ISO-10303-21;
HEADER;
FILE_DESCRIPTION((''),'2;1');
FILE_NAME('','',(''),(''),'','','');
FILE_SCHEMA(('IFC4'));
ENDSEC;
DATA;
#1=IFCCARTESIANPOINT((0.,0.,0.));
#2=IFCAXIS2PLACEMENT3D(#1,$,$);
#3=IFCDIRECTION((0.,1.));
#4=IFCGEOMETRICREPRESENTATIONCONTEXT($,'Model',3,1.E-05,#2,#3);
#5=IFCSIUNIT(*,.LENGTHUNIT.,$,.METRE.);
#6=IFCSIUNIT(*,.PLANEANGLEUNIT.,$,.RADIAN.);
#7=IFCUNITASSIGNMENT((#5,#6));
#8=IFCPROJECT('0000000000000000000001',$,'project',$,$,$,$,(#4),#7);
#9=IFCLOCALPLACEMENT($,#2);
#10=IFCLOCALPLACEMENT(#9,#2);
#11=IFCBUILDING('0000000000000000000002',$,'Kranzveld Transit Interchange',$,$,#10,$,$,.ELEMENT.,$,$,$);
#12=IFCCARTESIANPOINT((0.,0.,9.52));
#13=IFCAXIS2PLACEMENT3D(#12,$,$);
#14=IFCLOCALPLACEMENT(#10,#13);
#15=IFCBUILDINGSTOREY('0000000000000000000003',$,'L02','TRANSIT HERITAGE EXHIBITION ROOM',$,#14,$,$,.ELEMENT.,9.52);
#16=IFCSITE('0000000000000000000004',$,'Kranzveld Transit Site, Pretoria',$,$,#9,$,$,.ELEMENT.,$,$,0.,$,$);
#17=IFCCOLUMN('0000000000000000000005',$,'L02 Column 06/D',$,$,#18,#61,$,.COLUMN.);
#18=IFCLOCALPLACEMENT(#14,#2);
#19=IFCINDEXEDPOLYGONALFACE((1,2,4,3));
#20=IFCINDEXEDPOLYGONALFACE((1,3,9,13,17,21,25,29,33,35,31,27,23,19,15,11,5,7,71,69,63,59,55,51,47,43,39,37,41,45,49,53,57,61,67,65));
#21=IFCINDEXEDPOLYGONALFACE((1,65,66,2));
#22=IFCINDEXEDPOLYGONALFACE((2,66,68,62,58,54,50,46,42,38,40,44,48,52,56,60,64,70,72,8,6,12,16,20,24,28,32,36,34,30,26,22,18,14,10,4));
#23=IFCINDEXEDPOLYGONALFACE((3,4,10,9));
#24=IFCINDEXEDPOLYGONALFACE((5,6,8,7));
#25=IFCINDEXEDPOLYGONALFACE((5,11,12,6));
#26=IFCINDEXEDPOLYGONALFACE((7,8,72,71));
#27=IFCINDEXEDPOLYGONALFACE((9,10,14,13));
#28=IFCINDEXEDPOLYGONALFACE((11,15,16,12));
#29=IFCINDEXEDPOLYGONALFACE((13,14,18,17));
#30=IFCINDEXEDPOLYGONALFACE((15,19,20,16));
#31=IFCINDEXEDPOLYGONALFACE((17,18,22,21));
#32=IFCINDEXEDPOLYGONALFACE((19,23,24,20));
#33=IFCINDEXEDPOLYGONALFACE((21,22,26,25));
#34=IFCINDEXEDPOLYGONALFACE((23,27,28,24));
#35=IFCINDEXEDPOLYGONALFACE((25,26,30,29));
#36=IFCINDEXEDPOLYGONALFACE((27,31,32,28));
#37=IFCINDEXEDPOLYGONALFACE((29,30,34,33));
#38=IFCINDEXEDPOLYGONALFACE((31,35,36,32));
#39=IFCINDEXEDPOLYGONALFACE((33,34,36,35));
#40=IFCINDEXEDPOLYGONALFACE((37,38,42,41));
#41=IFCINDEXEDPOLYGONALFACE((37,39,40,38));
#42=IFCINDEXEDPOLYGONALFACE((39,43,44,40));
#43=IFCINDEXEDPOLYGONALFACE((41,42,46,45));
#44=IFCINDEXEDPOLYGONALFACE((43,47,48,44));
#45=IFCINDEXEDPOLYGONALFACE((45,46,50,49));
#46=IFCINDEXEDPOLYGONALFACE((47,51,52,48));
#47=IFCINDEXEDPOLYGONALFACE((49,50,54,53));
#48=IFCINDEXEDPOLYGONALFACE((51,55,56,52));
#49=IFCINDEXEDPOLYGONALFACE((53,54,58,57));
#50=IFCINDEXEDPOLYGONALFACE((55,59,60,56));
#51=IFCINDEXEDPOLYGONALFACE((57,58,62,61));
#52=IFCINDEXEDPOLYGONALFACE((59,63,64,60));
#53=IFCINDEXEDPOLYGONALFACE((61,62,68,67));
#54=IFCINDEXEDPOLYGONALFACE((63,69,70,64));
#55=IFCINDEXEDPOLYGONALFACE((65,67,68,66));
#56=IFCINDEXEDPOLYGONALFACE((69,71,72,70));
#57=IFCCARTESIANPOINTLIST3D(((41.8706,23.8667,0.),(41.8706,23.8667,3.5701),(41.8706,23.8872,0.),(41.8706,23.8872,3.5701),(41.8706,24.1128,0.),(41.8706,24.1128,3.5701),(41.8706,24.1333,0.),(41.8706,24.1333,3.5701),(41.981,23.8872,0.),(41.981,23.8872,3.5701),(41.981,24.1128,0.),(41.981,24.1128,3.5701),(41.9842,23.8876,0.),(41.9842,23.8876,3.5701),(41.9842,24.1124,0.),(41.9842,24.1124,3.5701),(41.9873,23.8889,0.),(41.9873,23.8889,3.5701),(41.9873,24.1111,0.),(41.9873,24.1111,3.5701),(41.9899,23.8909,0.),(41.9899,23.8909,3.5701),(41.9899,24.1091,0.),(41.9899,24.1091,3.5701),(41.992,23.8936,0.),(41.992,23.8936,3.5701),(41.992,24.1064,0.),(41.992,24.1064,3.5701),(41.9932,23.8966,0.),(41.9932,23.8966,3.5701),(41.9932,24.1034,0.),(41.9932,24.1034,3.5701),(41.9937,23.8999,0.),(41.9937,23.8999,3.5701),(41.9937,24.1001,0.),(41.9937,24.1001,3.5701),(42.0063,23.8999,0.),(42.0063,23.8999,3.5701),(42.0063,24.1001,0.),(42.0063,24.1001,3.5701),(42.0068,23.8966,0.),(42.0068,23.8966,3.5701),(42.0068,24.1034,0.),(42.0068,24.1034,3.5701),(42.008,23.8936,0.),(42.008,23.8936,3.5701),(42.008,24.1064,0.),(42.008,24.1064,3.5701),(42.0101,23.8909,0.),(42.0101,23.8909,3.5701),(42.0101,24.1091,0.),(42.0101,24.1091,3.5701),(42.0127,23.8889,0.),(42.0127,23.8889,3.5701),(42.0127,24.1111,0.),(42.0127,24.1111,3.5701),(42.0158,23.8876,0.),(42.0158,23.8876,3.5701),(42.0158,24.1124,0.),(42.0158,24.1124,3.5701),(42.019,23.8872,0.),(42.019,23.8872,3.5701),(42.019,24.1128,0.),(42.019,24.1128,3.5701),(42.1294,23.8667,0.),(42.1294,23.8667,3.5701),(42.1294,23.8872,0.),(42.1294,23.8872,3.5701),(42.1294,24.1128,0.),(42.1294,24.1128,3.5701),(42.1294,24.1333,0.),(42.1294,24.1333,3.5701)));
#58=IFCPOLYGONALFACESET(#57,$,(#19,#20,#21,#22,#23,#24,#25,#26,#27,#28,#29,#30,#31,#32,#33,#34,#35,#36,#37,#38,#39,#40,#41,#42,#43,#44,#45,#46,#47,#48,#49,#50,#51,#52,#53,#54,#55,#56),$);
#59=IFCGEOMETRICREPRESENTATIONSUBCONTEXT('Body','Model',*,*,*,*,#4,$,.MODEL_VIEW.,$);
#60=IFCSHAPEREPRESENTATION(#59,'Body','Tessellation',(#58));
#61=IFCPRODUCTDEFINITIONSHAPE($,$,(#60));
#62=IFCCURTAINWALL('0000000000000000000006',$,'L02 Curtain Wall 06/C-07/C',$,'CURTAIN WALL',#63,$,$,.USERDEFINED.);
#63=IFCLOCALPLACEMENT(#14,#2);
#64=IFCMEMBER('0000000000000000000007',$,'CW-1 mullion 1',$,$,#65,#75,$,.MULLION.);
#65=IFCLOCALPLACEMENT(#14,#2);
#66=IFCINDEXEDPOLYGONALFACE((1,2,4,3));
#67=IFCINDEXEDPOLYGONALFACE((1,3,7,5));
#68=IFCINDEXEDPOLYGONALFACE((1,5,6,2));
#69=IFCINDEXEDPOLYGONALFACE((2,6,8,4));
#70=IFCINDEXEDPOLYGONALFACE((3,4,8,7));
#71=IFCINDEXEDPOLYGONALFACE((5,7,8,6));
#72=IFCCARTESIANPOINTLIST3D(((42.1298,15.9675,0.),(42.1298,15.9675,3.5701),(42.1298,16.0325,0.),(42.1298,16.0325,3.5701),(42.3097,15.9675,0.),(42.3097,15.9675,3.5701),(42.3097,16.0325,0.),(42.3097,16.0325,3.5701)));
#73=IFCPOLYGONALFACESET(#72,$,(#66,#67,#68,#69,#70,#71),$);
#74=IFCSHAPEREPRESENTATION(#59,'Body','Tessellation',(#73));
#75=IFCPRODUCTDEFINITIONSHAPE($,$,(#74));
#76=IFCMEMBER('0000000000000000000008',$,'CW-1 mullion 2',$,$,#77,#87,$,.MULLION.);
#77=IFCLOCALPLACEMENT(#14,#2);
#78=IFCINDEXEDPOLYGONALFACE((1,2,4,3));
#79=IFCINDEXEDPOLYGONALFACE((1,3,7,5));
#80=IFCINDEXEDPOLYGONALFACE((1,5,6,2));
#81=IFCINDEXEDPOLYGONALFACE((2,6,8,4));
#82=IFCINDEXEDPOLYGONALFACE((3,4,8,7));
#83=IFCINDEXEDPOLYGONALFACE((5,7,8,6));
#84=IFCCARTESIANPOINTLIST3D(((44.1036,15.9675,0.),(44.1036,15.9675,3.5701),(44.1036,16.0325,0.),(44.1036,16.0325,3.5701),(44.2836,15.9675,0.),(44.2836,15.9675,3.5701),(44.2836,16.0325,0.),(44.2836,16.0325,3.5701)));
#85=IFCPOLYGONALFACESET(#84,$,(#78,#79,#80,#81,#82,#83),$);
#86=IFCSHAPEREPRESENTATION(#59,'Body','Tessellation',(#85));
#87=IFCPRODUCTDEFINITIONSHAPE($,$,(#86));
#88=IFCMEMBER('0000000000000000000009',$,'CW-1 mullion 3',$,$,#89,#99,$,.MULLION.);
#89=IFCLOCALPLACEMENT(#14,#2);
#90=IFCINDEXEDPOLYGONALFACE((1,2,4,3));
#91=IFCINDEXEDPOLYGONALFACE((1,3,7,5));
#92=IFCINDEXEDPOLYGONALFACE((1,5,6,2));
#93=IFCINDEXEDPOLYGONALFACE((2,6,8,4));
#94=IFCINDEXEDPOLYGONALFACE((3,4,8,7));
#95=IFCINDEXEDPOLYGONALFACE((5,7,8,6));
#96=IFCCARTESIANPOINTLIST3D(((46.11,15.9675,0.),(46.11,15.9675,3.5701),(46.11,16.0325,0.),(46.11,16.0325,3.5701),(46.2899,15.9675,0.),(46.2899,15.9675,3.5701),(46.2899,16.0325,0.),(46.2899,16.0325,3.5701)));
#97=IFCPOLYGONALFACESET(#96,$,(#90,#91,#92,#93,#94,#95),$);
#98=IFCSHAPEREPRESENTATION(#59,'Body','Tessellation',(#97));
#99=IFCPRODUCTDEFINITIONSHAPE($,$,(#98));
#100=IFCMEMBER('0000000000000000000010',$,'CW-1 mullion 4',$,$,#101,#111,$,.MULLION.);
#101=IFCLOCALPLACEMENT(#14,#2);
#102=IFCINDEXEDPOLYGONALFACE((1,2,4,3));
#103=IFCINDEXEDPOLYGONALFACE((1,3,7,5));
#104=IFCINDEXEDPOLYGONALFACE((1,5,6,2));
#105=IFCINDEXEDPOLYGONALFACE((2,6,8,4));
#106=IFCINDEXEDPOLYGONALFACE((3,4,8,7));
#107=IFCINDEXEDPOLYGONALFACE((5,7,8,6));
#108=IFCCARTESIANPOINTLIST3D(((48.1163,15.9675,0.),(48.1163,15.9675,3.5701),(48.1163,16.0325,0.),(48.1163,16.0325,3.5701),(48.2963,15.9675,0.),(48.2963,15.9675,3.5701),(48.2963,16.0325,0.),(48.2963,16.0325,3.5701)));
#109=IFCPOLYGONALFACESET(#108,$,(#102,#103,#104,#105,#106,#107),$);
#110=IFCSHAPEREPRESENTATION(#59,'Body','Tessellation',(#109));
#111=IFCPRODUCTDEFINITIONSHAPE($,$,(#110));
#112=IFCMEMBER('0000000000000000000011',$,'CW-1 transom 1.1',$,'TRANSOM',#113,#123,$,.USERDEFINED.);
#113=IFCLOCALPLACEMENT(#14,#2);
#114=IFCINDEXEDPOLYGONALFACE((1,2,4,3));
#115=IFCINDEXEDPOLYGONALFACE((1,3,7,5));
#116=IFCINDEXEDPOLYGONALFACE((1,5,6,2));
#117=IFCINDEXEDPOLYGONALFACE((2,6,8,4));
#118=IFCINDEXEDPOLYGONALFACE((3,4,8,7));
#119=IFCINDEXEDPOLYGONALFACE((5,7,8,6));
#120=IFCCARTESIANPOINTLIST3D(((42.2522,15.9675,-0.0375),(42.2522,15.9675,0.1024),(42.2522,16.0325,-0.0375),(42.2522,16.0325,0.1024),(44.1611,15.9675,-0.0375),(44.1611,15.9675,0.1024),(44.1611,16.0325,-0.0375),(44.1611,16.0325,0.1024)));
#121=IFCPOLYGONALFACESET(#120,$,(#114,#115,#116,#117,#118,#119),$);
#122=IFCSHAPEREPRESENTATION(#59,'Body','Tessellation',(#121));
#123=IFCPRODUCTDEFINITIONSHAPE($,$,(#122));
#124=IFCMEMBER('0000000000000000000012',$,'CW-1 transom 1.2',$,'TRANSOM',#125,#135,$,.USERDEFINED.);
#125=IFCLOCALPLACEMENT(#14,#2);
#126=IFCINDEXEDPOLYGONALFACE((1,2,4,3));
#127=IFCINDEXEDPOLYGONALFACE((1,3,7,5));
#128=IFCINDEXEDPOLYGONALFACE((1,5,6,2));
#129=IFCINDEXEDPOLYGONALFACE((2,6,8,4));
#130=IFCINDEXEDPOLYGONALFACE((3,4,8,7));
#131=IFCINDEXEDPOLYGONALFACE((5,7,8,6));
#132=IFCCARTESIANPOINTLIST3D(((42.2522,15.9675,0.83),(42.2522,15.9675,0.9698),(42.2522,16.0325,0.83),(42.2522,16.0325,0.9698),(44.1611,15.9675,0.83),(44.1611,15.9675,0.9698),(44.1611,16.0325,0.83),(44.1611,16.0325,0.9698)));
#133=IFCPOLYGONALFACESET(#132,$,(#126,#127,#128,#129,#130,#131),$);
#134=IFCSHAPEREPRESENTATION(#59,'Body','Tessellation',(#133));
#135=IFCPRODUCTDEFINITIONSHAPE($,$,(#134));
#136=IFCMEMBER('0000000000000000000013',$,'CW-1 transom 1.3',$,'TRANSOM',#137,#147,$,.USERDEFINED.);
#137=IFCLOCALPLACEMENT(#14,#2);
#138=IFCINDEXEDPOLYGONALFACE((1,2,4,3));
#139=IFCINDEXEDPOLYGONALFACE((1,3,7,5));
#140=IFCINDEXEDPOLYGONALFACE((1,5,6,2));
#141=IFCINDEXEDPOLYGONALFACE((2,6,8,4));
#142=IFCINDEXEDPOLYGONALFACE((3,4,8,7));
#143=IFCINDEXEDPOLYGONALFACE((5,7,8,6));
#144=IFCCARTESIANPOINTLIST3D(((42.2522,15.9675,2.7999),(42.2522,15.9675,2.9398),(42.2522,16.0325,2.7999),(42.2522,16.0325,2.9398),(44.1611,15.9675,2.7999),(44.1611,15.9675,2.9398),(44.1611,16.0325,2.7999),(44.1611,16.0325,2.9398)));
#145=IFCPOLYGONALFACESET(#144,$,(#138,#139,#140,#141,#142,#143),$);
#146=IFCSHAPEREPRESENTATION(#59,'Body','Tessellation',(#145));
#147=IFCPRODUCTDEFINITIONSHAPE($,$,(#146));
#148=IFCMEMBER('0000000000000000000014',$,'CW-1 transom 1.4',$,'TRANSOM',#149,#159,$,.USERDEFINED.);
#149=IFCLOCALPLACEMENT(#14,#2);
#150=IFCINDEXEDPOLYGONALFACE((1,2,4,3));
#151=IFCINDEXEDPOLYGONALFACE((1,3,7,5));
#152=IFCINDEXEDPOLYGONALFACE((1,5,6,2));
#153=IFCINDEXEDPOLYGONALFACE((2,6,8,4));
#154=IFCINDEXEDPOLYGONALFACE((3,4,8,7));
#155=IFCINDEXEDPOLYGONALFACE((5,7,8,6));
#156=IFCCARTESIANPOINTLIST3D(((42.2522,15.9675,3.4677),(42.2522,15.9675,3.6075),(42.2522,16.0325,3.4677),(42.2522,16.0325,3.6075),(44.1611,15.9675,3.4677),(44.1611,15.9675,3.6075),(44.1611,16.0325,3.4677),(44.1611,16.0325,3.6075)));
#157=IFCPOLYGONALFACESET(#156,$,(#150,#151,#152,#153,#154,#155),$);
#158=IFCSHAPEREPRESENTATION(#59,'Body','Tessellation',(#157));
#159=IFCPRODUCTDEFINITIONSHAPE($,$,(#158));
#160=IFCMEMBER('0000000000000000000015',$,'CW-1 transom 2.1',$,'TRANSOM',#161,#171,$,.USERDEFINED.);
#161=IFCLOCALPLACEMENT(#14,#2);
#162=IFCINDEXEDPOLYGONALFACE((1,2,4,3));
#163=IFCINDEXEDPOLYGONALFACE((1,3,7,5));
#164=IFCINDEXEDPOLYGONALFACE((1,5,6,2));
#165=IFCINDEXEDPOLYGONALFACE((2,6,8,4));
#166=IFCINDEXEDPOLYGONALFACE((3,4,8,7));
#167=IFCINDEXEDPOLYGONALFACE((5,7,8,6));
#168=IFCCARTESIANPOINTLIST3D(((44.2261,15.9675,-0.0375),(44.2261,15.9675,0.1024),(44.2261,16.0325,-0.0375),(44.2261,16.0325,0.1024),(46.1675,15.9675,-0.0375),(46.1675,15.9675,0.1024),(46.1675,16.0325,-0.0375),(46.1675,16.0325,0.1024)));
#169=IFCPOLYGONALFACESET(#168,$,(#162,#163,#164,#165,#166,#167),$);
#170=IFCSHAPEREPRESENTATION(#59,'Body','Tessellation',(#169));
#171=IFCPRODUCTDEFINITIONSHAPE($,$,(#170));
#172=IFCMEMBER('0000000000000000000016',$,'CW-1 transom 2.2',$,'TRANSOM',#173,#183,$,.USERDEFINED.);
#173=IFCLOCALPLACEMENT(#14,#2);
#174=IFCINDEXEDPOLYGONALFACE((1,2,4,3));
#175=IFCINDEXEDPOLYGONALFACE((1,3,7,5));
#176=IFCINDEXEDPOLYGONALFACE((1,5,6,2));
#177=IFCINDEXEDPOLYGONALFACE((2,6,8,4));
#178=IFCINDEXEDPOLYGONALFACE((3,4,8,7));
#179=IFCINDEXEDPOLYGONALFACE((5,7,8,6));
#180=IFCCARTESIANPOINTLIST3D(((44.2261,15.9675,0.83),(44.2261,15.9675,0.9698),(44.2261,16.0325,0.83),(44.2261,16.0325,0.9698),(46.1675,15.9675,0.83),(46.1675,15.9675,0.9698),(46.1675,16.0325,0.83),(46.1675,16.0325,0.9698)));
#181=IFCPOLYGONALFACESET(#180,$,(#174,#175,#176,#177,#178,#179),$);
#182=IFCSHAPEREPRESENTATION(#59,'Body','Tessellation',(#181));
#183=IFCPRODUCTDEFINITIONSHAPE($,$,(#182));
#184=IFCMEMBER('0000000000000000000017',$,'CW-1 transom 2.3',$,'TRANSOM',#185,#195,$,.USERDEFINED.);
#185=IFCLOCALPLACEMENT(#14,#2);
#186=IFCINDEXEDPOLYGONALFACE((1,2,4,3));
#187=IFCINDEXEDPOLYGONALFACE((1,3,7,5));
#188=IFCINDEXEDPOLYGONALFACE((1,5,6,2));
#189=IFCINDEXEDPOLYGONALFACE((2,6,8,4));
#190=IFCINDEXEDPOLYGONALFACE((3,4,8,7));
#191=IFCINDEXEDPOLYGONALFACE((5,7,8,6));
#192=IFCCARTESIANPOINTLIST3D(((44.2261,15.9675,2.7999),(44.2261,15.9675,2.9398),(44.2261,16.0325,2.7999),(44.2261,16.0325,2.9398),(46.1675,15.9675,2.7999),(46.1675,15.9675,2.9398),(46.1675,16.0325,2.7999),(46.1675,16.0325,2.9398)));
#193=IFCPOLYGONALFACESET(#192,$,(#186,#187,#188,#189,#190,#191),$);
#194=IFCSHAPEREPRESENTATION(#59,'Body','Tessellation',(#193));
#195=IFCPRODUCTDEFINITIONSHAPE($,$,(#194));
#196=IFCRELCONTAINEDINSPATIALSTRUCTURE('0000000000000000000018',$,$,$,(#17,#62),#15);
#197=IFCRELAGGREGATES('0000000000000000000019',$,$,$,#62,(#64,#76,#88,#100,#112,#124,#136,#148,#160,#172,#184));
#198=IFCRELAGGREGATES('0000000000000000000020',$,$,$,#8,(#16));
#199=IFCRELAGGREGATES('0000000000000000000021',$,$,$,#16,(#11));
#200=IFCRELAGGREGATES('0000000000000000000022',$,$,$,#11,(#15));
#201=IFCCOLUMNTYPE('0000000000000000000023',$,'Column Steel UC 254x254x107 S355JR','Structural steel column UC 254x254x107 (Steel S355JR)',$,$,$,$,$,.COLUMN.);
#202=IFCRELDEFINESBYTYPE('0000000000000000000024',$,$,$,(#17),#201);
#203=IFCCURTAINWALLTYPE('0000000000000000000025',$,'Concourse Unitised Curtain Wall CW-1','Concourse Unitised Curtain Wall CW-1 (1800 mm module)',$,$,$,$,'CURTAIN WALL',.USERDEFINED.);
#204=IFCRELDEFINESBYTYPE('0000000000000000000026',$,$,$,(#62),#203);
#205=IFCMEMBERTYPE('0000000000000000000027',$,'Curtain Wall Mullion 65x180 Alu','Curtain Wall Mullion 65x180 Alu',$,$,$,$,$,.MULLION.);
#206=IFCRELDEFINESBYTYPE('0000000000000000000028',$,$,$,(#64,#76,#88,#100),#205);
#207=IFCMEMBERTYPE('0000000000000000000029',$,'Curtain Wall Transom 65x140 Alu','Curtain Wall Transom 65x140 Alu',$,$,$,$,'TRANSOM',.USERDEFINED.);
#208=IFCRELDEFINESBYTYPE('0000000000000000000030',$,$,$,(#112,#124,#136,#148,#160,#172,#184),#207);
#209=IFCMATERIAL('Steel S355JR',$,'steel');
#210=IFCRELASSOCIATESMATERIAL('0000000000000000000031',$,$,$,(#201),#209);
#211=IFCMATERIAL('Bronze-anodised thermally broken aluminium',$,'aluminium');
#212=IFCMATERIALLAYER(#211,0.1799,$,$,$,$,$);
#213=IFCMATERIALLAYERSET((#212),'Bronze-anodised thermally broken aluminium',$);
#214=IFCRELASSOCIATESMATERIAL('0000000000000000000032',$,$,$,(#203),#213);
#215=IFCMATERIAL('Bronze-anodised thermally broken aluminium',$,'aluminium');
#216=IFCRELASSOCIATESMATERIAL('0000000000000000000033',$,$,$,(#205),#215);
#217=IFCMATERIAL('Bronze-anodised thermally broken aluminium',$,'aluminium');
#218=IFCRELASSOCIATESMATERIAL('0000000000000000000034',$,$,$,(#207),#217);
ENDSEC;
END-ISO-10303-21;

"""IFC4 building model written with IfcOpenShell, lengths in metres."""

from ifc_helpers import new_model, si_unit, direction, frame, origin, origin_2d, place, context, subcontext, project, spatial, rectangle, i_section, extrude, material, layer, layer_set, material_profile, profile_set, type_object, element, aggregate, save


model = new_model("IFC4")

# Units and contexts
model_context = context("Model", 3, precision=1e-05, world=origin(), true_north=direction((0.0, 1.0)))
body_context = subcontext(model_context, "Body", "Model", "MODEL_VIEW")
ifc_project = project(units=[si_unit("LENGTHUNIT", "METRE"), si_unit("PLANEANGLEUNIT", "RADIAN")], contexts=[model_context])

# Site, building, storey
site_placement = place(None, origin())
site = spatial("IfcSite", under=ifc_project, at=site_placement, Name="Kranzveld Transit Site, Pretoria", CompositionType="ELEMENT", RefElevation=0.0)
building_placement = place(site_placement, origin())
building = spatial("IfcBuilding", under=site, at=building_placement, Name="Kranzveld Transit Interchange", CompositionType="ELEMENT")
storey_placement = place(building_placement, frame((0.0, 0.0, 9.52)))
storey = spatial("IfcBuildingStorey", under=building, at=storey_placement, Name="L02", Description="TRANSIT HERITAGE EXHIBITION ROOM", CompositionType="ELEMENT", Elevation=9.52)

# Column
ifc_material_1 = material(Name="Steel S355JR", Category="steel")
ifc_material_profile_1 = material_profile(ifc_material_1, i_section(OverallWidth=0.2588, OverallDepth=0.2666, WebThickness=0.0127, FlangeThickness=0.0205, FilletRadius=0.0127, at=origin_2d()), Name="UC 254x254x107")
ifc_profile_set_1 = profile_set([ifc_material_profile_1], Name="Steel S355JR")
column_type = type_object("IfcColumnType", Name="Column Steel UC 254x254x107 S355JR", Description="Structural steel column UC 254x254x107 (Steel S355JR)", PredefinedType="COLUMN", material=ifc_profile_set_1)
column_placement = place(storey_placement, frame((42.0, 24.0, 0.0), z_axis=(0.0, 0.0, 1.0), x_axis=(1.0, 0.0, 0.0)))
element("IfcColumn", 1, at=column_placement, inside=storey, type_object=column_type, Name="L02 Column 06/D", PredefinedType="COLUMN", context=body_context, shape_type="SweptSolid", body=[
    extrude(i_section(OverallWidth=0.2588, OverallDepth=0.2666, WebThickness=0.0127, FlangeThickness=0.0205, FilletRadius=0.0127, at=origin_2d()), origin(), (0.0, 0.0, 1.0), 3.5701),
])

# Curtain wall, members
ifc_material_2 = material(Name="Bronze-anodised thermally broken aluminium", Category="aluminium")
ifc_layer_1 = layer(ifc_material_2, 0.1799)
ifc_layer_set_1 = layer_set([ifc_layer_1], Name="Bronze-anodised thermally broken aluminium")
curtain_wall_type = type_object("IfcCurtainWallType", Name="Concourse Unitised Curtain Wall CW-1", Description="Concourse Unitised Curtain Wall CW-1 (1800 mm module)", ElementType="CURTAIN WALL", PredefinedType="USERDEFINED", material=ifc_layer_set_1)
curtain_wall_placement = place(storey_placement, origin())
curtain_wall = element("IfcCurtainWall", 2, at=curtain_wall_placement, inside=storey, type_object=curtain_wall_type, Name="L02 Curtain Wall 06/C-07/C", ObjectType="CURTAIN WALL", PredefinedType="USERDEFINED")
ifc_material_3 = material(Name="Bronze-anodised thermally broken aluminium", Category="aluminium")
ifc_material_profile_2 = material_profile(ifc_material_3, rectangle(XDim=0.0649, YDim=0.1799, at=origin_2d()), Name="ALU MULLION 65x180")
ifc_profile_set_2 = profile_set([ifc_material_profile_2], Name="Bronze-anodised thermally broken aluminium")
member_type_1 = type_object("IfcMemberType", Name="Curtain Wall Mullion 65x180 Alu", Description="Curtain Wall Mullion 65x180 Alu", PredefinedType="MULLION", material=ifc_profile_set_2)
member_1_placement = place(storey_placement, frame((42.2197, 16.0, 0.0), z_axis=(0.0, 0.0, 1.0), x_axis=(0.0, 1.0, 0.0)))
member_1 = element("IfcMember", 3, at=member_1_placement, type_object=member_type_1, Name="CW-1 mullion 1", PredefinedType="MULLION", context=body_context, shape_type="SweptSolid", body=[
    extrude(rectangle(XDim=0.0649, YDim=0.1799, at=origin_2d()), origin(), (0.0, 0.0, 1.0), 3.5701),
])
member_2_placement = place(storey_placement, frame((44.1936, 16.0, 0.0), z_axis=(0.0, 0.0, 1.0), x_axis=(0.0, 1.0, 0.0)))
member_2 = element("IfcMember", 4, at=member_2_placement, type_object=member_type_1, Name="CW-1 mullion 2", PredefinedType="MULLION", context=body_context, shape_type="SweptSolid", body=[
    extrude(rectangle(XDim=0.0649, YDim=0.1799, at=origin_2d()), origin(), (0.0, 0.0, 1.0), 3.5701),
])
member_3_placement = place(storey_placement, frame((46.2, 16.0, 0.0), z_axis=(0.0, 0.0, 1.0), x_axis=(0.0, 1.0, 0.0)))
member_3 = element("IfcMember", 5, at=member_3_placement, type_object=member_type_1, Name="CW-1 mullion 3", PredefinedType="MULLION", context=body_context, shape_type="SweptSolid", body=[
    extrude(rectangle(XDim=0.0649, YDim=0.1799, at=origin_2d()), origin(), (0.0, 0.0, 1.0), 3.5701),
])
member_4_placement = place(storey_placement, frame((48.2063, 16.0, 0.0), z_axis=(0.0, 0.0, 1.0), x_axis=(0.0, 1.0, 0.0)))
member_4 = element("IfcMember", 6, at=member_4_placement, type_object=member_type_1, Name="CW-1 mullion 4", PredefinedType="MULLION", context=body_context, shape_type="SweptSolid", body=[
    extrude(rectangle(XDim=0.0649, YDim=0.1799, at=origin_2d()), origin(), (0.0, 0.0, 1.0), 3.5701),
])
ifc_material_4 = material(Name="Bronze-anodised thermally broken aluminium", Category="aluminium")
ifc_material_profile_3 = material_profile(ifc_material_4, rectangle(XDim=0.0649, YDim=0.1399, at=origin_2d()), Name="ALU TRANSOM 65x140")
ifc_profile_set_3 = profile_set([ifc_material_profile_3], Name="Bronze-anodised thermally broken aluminium")
member_type_2 = type_object("IfcMemberType", Name="Curtain Wall Transom 65x140 Alu", Description="Curtain Wall Transom 65x140 Alu", ElementType="TRANSOM", PredefinedType="USERDEFINED", material=ifc_profile_set_3)
member_5_placement = place(storey_placement, frame((42.2522, 16.0, 0.0325), z_axis=(1.0, 0.0, 0.0), x_axis=(0.0, 1.0, 0.0)))
member_5 = element("IfcMember", 7, at=member_5_placement, type_object=member_type_2, Name="CW-1 transom 1.1", ObjectType="TRANSOM", PredefinedType="USERDEFINED", context=body_context, shape_type="SweptSolid", body=[
    extrude(rectangle(XDim=0.0649, YDim=0.1399, at=origin_2d()), origin(), (0.0, 0.0, 1.0), 1.9089),
])
member_6_placement = place(storey_placement, frame((42.2522, 16.0, 0.8999), z_axis=(1.0, 0.0, 0.0), x_axis=(0.0, 1.0, 0.0)))
member_6 = element("IfcMember", 8, at=member_6_placement, type_object=member_type_2, Name="CW-1 transom 1.2", ObjectType="TRANSOM", PredefinedType="USERDEFINED", context=body_context, shape_type="SweptSolid", body=[
    extrude(rectangle(XDim=0.0649, YDim=0.1399, at=origin_2d()), origin(), (0.0, 0.0, 1.0), 1.9089),
])
member_7_placement = place(storey_placement, frame((42.2522, 16.0, 2.8699), z_axis=(1.0, 0.0, 0.0), x_axis=(0.0, 1.0, 0.0)))
member_7 = element("IfcMember", 9, at=member_7_placement, type_object=member_type_2, Name="CW-1 transom 1.3", ObjectType="TRANSOM", PredefinedType="USERDEFINED", context=body_context, shape_type="SweptSolid", body=[
    extrude(rectangle(XDim=0.0649, YDim=0.1399, at=origin_2d()), origin(), (0.0, 0.0, 1.0), 1.9089),
])
member_8_placement = place(storey_placement, frame((42.2522, 16.0, 3.5376), z_axis=(1.0, 0.0, 0.0), x_axis=(0.0, 1.0, 0.0)))
member_8 = element("IfcMember", 10, at=member_8_placement, type_object=member_type_2, Name="CW-1 transom 1.4", ObjectType="TRANSOM", PredefinedType="USERDEFINED", context=body_context, shape_type="SweptSolid", body=[
    extrude(rectangle(XDim=0.0649, YDim=0.1399, at=origin_2d()), origin(), (0.0, 0.0, 1.0), 1.9089),
])
member_9_placement = place(storey_placement, frame((44.2261, 16.0, 0.0325), z_axis=(1.0, 0.0, 0.0), x_axis=(0.0, 1.0, 0.0)))
member_9 = element("IfcMember", 11, at=member_9_placement, type_object=member_type_2, Name="CW-1 transom 2.1", ObjectType="TRANSOM", PredefinedType="USERDEFINED", context=body_context, shape_type="SweptSolid", body=[
    extrude(rectangle(XDim=0.0649, YDim=0.1399, at=origin_2d()), origin(), (0.0, 0.0, 1.0), 1.9414),
])
member_10_placement = place(storey_placement, frame((44.2261, 16.0, 0.8999), z_axis=(1.0, 0.0, 0.0), x_axis=(0.0, 1.0, 0.0)))
member_10 = element("IfcMember", 12, at=member_10_placement, type_object=member_type_2, Name="CW-1 transom 2.2", ObjectType="TRANSOM", PredefinedType="USERDEFINED", context=body_context, shape_type="SweptSolid", body=[
    extrude(rectangle(XDim=0.0649, YDim=0.1399, at=origin_2d()), origin(), (0.0, 0.0, 1.0), 1.9414),
])
member_11_placement = place(storey_placement, frame((44.2261, 16.0, 2.8699), z_axis=(1.0, 0.0, 0.0), x_axis=(0.0, 1.0, 0.0)))
member_11 = element("IfcMember", 13, at=member_11_placement, type_object=member_type_2, Name="CW-1 transom 2.3", ObjectType="TRANSOM", PredefinedType="USERDEFINED", context=body_context, shape_type="SweptSolid", body=[
    extrude(rectangle(XDim=0.0649, YDim=0.1399, at=origin_2d()), origin(), (0.0, 0.0, 1.0), 1.9414),
])

aggregate(curtain_wall, [member_1, member_2, member_3, member_4, member_5, member_6, member_7, member_8, member_9, member_10, member_11])

save(model, "model.ifc")
